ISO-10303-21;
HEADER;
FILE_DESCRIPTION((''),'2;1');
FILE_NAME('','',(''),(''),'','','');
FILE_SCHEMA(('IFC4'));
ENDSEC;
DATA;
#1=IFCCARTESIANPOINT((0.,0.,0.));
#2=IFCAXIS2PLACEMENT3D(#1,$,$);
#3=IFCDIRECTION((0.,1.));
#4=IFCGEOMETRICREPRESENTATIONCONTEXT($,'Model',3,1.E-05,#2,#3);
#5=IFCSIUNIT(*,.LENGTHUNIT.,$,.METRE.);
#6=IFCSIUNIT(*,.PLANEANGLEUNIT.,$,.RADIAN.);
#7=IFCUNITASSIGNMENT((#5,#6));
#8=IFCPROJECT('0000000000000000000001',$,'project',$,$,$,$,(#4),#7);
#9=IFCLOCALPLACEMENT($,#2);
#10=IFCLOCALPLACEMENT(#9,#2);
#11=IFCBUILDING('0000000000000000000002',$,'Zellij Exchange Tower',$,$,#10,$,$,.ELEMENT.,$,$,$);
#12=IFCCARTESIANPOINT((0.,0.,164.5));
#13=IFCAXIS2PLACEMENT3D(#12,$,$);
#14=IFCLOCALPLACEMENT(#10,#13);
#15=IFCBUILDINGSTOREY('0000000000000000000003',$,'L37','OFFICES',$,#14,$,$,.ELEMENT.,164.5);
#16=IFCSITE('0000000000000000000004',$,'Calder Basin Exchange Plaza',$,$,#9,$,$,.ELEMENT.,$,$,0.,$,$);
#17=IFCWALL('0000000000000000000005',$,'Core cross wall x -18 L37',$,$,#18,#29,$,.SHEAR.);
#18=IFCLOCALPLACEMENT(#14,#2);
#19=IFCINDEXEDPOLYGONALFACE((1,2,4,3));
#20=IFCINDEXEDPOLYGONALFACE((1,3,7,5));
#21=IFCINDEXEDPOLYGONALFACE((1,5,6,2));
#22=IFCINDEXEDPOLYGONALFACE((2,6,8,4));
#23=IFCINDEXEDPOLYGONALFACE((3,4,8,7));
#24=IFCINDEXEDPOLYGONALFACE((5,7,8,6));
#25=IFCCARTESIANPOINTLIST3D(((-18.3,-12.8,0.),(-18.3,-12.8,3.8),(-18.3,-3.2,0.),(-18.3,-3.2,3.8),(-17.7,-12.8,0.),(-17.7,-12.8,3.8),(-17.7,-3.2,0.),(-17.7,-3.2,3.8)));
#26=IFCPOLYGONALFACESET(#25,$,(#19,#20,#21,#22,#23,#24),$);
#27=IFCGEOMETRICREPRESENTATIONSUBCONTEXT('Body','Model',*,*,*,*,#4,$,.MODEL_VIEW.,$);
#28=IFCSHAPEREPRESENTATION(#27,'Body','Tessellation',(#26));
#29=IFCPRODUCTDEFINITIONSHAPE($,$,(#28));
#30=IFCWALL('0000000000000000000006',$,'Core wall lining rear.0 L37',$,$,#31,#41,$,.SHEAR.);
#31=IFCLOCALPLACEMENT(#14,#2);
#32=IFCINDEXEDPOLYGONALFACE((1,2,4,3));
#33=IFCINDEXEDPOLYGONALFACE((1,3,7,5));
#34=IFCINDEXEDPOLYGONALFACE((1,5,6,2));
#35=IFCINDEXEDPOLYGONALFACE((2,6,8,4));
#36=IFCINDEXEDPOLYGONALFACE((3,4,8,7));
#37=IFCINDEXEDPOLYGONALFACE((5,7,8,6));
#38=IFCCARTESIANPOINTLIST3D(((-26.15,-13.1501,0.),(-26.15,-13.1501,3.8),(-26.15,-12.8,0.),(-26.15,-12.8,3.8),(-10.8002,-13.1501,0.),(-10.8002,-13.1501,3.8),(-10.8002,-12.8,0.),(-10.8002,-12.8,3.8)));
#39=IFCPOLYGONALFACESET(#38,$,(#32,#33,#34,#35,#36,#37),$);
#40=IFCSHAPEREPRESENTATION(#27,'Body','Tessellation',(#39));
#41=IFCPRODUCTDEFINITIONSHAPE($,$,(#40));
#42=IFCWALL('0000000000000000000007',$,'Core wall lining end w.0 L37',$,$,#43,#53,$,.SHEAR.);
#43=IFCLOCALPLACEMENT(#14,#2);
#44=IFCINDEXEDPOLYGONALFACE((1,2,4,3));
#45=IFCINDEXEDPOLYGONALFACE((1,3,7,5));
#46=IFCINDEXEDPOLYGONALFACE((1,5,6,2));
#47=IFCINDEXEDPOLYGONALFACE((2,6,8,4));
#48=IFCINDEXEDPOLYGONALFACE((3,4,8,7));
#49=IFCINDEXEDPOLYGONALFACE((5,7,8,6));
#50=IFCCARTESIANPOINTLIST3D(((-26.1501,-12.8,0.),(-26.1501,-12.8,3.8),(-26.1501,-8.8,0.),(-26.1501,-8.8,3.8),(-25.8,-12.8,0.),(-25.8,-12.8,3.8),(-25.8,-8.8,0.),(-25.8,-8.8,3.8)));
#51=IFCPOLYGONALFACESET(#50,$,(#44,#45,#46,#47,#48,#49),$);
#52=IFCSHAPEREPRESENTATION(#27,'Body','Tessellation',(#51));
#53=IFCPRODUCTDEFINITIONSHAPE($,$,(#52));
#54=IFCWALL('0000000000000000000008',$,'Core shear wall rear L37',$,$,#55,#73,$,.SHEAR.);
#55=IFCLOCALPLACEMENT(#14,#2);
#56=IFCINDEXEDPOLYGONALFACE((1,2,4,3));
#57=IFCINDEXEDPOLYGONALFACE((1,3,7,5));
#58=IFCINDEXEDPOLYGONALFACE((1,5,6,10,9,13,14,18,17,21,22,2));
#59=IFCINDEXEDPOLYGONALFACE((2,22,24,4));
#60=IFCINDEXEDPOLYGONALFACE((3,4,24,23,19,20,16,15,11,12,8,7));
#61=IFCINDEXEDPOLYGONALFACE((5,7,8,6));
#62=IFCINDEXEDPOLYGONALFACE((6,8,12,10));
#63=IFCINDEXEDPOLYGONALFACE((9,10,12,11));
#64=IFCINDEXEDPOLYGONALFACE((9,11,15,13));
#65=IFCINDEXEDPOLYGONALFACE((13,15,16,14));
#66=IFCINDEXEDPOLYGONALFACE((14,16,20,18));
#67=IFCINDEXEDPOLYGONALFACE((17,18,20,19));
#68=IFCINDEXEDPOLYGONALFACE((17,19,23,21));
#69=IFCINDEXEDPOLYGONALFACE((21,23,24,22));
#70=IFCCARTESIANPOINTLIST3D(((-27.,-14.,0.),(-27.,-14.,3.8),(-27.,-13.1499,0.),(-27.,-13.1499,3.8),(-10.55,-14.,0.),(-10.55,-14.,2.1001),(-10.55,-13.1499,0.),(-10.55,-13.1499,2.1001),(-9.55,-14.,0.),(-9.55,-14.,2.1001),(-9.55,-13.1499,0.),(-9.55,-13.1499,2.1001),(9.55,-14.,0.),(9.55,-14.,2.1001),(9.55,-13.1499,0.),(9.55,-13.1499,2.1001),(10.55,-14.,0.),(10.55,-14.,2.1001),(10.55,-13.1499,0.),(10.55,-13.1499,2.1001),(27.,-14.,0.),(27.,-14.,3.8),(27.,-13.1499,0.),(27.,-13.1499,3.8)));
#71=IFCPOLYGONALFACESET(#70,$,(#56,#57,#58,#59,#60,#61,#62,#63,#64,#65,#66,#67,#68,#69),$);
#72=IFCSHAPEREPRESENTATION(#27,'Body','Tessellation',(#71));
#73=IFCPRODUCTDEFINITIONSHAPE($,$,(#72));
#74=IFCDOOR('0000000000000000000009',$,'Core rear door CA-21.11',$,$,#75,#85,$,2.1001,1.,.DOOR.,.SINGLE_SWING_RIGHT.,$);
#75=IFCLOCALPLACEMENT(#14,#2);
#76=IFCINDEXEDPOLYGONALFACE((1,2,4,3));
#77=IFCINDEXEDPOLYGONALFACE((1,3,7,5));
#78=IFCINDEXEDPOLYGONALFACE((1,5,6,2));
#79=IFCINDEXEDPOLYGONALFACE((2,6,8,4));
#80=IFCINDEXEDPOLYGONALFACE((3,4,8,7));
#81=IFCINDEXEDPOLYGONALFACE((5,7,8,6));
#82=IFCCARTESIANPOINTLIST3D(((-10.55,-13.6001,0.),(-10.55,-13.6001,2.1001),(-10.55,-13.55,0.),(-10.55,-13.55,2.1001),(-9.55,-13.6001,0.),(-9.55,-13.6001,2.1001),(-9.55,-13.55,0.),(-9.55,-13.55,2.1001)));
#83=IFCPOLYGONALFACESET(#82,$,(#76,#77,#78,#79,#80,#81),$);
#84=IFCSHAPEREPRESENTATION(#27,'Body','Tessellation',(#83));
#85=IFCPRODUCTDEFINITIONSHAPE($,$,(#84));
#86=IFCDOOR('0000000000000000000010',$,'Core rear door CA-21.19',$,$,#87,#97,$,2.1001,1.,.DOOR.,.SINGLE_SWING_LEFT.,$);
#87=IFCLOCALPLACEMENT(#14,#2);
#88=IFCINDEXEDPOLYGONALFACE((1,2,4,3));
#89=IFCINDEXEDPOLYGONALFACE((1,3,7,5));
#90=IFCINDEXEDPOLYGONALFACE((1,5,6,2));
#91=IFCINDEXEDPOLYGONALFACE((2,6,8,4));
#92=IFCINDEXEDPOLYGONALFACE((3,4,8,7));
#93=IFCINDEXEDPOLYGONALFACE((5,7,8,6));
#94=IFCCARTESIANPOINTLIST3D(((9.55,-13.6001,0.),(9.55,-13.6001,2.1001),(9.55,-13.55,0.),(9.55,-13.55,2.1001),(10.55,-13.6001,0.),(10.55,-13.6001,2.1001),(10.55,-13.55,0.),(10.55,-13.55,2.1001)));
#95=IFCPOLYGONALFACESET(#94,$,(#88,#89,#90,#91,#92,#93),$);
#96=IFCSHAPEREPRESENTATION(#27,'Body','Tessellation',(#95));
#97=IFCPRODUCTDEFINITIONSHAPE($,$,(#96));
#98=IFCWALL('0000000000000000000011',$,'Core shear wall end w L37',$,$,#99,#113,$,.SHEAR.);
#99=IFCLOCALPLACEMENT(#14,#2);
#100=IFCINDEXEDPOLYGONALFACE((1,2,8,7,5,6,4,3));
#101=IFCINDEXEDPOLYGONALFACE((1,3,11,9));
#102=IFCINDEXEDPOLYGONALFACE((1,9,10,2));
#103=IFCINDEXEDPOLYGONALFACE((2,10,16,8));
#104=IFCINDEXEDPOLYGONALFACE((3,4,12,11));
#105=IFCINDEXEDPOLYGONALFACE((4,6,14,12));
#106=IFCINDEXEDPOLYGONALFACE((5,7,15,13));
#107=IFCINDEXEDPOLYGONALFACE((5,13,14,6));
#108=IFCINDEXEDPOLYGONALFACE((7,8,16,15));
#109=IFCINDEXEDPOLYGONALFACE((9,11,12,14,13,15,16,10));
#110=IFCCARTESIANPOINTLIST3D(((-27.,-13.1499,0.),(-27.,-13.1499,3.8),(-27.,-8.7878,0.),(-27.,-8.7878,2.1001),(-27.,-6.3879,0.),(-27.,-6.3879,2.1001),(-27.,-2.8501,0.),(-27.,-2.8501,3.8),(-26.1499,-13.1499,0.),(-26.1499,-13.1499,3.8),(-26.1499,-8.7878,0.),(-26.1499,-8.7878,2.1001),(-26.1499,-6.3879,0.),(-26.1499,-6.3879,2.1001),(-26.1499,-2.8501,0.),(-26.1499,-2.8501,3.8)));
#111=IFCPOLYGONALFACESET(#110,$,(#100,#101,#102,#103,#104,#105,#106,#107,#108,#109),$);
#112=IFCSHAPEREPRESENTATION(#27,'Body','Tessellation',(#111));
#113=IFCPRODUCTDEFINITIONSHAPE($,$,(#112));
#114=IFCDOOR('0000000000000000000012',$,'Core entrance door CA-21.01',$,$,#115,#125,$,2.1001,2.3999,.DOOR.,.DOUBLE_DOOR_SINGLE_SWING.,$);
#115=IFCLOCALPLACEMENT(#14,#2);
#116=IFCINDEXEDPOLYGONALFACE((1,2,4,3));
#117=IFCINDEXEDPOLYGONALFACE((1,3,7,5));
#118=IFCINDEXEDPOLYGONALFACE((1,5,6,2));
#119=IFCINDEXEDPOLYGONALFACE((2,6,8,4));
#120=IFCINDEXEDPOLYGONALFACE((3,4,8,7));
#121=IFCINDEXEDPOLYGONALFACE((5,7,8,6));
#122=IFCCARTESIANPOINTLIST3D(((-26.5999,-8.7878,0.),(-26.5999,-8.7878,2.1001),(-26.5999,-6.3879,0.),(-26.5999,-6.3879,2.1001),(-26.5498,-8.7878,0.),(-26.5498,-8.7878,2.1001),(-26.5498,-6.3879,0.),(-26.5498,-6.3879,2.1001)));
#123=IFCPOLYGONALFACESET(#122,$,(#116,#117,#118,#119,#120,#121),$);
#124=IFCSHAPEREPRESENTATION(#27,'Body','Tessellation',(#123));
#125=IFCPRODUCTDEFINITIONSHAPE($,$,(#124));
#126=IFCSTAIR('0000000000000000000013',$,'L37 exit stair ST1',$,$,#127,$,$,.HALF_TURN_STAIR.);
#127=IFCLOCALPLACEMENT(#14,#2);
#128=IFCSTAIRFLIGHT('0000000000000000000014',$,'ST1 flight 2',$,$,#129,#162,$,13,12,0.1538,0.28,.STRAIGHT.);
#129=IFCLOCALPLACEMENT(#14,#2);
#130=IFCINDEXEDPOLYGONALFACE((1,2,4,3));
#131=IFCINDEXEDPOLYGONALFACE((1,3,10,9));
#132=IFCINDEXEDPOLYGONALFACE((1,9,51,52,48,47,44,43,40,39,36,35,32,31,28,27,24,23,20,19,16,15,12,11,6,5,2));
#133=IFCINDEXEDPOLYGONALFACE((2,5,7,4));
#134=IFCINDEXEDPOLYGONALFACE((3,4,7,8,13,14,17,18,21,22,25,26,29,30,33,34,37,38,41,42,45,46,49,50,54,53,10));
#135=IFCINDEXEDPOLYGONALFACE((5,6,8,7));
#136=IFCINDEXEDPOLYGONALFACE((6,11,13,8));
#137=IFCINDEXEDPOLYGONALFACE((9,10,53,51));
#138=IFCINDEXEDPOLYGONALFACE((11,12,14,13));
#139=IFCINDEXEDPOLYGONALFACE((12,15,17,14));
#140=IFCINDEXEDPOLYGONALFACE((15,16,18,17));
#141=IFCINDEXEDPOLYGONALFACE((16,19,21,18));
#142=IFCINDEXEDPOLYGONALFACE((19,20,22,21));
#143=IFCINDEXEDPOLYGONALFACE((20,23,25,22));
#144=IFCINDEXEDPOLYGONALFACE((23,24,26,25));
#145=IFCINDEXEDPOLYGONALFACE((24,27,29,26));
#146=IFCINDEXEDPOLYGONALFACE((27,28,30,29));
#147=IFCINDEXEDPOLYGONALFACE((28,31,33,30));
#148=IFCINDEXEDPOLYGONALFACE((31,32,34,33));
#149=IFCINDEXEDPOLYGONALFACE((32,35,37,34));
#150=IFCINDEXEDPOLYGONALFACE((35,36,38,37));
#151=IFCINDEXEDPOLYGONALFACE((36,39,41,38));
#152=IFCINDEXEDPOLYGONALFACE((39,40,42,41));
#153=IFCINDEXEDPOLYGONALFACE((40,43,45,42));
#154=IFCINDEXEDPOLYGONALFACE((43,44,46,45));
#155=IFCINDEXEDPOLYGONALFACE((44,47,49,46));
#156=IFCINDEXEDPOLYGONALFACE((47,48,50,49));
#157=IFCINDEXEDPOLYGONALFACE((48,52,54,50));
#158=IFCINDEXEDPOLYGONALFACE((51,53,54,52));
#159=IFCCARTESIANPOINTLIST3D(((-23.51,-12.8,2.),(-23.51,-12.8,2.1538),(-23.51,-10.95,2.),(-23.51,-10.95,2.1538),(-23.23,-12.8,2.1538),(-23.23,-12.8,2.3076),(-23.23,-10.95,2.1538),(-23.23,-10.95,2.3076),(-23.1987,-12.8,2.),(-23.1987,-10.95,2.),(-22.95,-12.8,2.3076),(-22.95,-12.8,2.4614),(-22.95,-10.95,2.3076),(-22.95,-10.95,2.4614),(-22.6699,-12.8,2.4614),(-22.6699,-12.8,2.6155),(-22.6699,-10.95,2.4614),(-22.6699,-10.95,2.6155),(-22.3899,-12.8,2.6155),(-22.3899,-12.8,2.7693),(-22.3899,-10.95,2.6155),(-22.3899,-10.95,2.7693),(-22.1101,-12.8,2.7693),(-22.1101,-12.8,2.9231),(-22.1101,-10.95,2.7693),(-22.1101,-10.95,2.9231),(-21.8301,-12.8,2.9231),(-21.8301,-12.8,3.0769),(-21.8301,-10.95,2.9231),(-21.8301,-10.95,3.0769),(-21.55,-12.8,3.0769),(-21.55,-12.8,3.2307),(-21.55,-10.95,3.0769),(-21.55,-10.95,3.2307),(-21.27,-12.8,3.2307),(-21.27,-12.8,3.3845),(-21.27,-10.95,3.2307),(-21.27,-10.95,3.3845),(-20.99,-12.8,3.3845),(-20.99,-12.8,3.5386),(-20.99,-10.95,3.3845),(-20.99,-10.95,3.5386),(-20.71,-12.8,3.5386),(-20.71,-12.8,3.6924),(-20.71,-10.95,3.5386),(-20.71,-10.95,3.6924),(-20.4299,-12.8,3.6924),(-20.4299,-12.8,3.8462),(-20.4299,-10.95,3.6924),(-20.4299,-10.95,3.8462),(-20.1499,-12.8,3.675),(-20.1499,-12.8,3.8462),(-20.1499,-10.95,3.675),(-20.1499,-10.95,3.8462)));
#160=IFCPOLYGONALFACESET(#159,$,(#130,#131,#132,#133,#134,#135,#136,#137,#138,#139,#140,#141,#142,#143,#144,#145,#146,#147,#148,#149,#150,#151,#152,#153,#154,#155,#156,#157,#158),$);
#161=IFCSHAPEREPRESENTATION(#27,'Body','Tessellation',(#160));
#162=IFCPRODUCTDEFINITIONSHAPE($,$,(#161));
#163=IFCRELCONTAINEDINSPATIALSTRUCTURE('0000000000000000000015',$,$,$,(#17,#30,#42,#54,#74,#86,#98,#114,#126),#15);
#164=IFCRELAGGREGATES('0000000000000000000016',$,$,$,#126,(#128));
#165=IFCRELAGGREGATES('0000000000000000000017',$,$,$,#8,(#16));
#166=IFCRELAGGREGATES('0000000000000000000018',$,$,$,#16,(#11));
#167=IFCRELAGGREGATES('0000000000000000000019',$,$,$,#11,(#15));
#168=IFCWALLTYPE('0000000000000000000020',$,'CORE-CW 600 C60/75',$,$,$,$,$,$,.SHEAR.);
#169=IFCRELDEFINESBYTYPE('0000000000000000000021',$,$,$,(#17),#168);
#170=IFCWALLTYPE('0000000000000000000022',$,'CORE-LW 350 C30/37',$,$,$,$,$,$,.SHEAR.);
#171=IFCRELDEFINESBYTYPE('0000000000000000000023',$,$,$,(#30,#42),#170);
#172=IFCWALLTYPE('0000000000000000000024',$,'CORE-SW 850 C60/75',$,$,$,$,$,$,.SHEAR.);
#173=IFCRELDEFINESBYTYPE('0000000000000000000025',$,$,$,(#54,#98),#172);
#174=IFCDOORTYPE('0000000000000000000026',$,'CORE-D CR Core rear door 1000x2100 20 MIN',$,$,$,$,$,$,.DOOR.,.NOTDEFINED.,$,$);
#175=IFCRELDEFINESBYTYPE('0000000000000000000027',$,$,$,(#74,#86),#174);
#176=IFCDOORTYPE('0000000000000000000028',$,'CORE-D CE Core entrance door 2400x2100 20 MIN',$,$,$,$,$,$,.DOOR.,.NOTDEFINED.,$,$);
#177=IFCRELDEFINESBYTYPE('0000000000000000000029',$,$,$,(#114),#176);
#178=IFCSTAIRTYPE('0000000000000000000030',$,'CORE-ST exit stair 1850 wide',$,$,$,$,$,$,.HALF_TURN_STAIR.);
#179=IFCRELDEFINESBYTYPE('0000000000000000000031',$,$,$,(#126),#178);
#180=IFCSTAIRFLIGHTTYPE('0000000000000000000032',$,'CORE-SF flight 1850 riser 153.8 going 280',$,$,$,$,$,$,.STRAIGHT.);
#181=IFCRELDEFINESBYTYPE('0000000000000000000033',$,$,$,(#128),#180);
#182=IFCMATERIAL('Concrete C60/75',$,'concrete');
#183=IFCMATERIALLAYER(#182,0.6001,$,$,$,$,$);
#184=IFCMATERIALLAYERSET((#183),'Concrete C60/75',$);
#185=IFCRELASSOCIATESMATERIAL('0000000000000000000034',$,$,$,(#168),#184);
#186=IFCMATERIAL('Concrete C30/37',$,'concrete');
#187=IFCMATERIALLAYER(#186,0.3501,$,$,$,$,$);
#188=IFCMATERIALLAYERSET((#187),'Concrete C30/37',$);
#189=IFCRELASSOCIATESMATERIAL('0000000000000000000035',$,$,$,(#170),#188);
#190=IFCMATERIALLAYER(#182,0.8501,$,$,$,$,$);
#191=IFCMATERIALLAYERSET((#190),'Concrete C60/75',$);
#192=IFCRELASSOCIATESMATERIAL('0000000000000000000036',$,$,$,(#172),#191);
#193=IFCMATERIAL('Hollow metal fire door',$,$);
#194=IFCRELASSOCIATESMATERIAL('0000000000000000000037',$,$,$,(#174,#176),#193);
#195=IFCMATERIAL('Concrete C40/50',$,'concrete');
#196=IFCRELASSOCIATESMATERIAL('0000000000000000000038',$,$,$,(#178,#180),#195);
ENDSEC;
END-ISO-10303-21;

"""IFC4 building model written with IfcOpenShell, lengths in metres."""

from ifc_helpers import new_model, si_unit, direction, frame, frame_2d, origin, place, context, subcontext, project, spatial, polyline, rectangle, outline, extrude, material, layer, layer_set, type_object, element, fill, aggregate, save


model = new_model("IFC4")

# Units and contexts
model_context = context("Model", 3, precision=1e-05, world=origin(), true_north=direction((0.0, 1.0)))
body_context = subcontext(model_context, "Body", "Model", "MODEL_VIEW")
ifc_project = project(units=[si_unit("LENGTHUNIT", "METRE"), si_unit("PLANEANGLEUNIT", "RADIAN")], contexts=[model_context])

# Site, building, storey
site_placement = place(None, origin())
site = spatial("IfcSite", under=ifc_project, at=site_placement, Name="Calder Basin Exchange Plaza", CompositionType="ELEMENT", RefElevation=0.0)
building_placement = place(site_placement, origin())
building = spatial("IfcBuilding", under=site, at=building_placement, Name="Zellij Exchange Tower", CompositionType="ELEMENT")
storey_placement = place(building_placement, frame((0.0, 0.0, 164.5)))
storey = spatial("IfcBuildingStorey", under=building, at=storey_placement, Name="L37", Description="OFFICES", CompositionType="ELEMENT", Elevation=164.5)

# Walls
ifc_material_1 = material(Name="Concrete C60/75", Category="concrete")
ifc_layer_1 = layer(ifc_material_1, 0.6001)
ifc_layer_set_1 = layer_set([ifc_layer_1], Name="Concrete C60/75")
wall_type_1 = type_object("IfcWallType", Name="CORE-CW 600 C60/75", PredefinedType="SHEAR", material=ifc_layer_set_1)
wall_1_placement = place(storey_placement, frame((-18.0, -12.8, 0.0), z_axis=(0.0, 0.0, 1.0), x_axis=(0.0, 1.0, 0.0)))
element("IfcWall", 1, at=wall_1_placement, inside=storey, type_object=wall_type_1, Name="Core cross wall x -18 L37", PredefinedType="SHEAR", context=body_context, shape_type="SweptSolid", body=[
    extrude(rectangle(XDim=9.6001, YDim=0.6001, at=frame_2d((4.8, 0.0))), origin(), (0.0, 0.0, 1.0), 3.8),
])
ifc_material_2 = material(Name="Concrete C30/37", Category="concrete")
ifc_layer_2 = layer(ifc_material_2, 0.3501)
ifc_layer_set_2 = layer_set([ifc_layer_2], Name="Concrete C30/37")
wall_type_2 = type_object("IfcWallType", Name="CORE-LW 350 C30/37", PredefinedType="SHEAR", material=ifc_layer_set_2)
wall_2_placement = place(storey_placement, frame((-26.1499, -12.9751, 0.0), z_axis=(0.0, 0.0, 1.0), x_axis=(1.0, 0.0, 0.0)))
element("IfcWall", 2, at=wall_2_placement, inside=storey, type_object=wall_type_2, Name="Core wall lining rear.0 L37", PredefinedType="SHEAR", context=body_context, shape_type="SweptSolid", body=[
    extrude(rectangle(XDim=15.3499, YDim=0.3501, at=frame_2d((7.6748, 0.0))), origin(), (0.0, 0.0, 1.0), 3.8),
])
wall_3_placement = place(storey_placement, frame((-25.9751, -12.8, 0.0), z_axis=(0.0, 0.0, 1.0), x_axis=(0.0, 1.0, 0.0)))
element("IfcWall", 3, at=wall_3_placement, inside=storey, type_object=wall_type_2, Name="Core wall lining end w.0 L37", PredefinedType="SHEAR", context=body_context, shape_type="SweptSolid", body=[
    extrude(rectangle(XDim=4.0, YDim=0.3501, at=frame_2d((2.0, 0.0))), origin(), (0.0, 0.0, 1.0), 3.8),
])

# Wall, openings, doors
ifc_layer_3 = layer(ifc_material_1, 0.8501)
ifc_layer_set_3 = layer_set([ifc_layer_3], Name="Concrete C60/75")
wall_type_3 = type_object("IfcWallType", Name="CORE-SW 850 C60/75", PredefinedType="SHEAR", material=ifc_layer_set_3)
wall_4_placement = place(storey_placement, frame((-27.0, -13.575, 0.0), z_axis=(0.0, 0.0, 1.0), x_axis=(1.0, 0.0, 0.0)))
wall_4 = element("IfcWall", 4, at=wall_4_placement, inside=storey, type_object=wall_type_3, Name="Core shear wall rear L37", PredefinedType="SHEAR", context=body_context, shape_type="SweptSolid", body=[
    extrude(rectangle(XDim=54.0, YDim=0.8501, at=frame_2d((27.0, 0.0))), origin(), (0.0, 0.0, 1.0), 3.8),
])
opening_1_placement = place(wall_4_placement, frame((16.45, 0.0, 0.0)))
opening_1 = element("IfcOpeningElement", 5, at=opening_1_placement, cuts=wall_4, PredefinedType="OPENING", context=body_context, shape_type="SweptSolid", body=[
    extrude(rectangle(XDim=1.0, YDim=2.1001, at=frame_2d((0.5, 1.05))), frame((0.0, 0.437, 0.0), z_axis=(0.0, -1.0, 0.0), x_axis=(1.0, 0.0, 0.0)), (0.0, 0.0, 1.0), 0.874),
])
opening_2_placement = place(wall_4_placement, frame((36.55, 0.0, 0.0)))
opening_2 = element("IfcOpeningElement", 6, at=opening_2_placement, cuts=wall_4, PredefinedType="OPENING", context=body_context, shape_type="SweptSolid", body=[
    extrude(rectangle(XDim=1.0, YDim=2.1001, at=frame_2d((0.5, 1.05))), frame((0.0, 0.437, 0.0), z_axis=(0.0, -1.0, 0.0), x_axis=(1.0, 0.0, 0.0)), (0.0, 0.0, 1.0), 0.874),
])
ifc_material_3 = material(Name="Hollow metal fire door")
door_type_1 = type_object("IfcDoorType", Name="CORE-D CR Core rear door 1000x2100 20 MIN", OperationType="NOTDEFINED", PredefinedType="DOOR", material=ifc_material_3)
door_1_placement = place(opening_1_placement, origin())
door_1 = element("IfcDoor", 7, at=door_1_placement, inside=storey, type_object=door_type_1, Name="Core rear door CA-21.11", OperationType="SINGLE_SWING_RIGHT", OverallHeight=2.1001, OverallWidth=1.0, PredefinedType="DOOR", context=body_context, shape_type="SweptSolid", body=[
    extrude(rectangle(XDim=1.0, YDim=2.1001, at=frame_2d((0.5, 1.05))), frame((0.0, 0.0249, 0.0), z_axis=(0.0, -1.0, 0.0), x_axis=(1.0, 0.0, 0.0)), (0.0, 0.0, 1.0), 0.05),
])
fill(opening_1, door_1)
door_2_placement = place(opening_2_placement, origin())
door_2 = element("IfcDoor", 8, at=door_2_placement, inside=storey, type_object=door_type_1, Name="Core rear door CA-21.19", OperationType="SINGLE_SWING_LEFT", OverallHeight=2.1001, OverallWidth=1.0, PredefinedType="DOOR", context=body_context, shape_type="SweptSolid", body=[
    extrude(rectangle(XDim=1.0, YDim=2.1001, at=frame_2d((0.5, 1.05))), frame((0.0, 0.0249, 0.0), z_axis=(0.0, -1.0, 0.0), x_axis=(1.0, 0.0, 0.0)), (0.0, 0.0, 1.0), 0.05),
])
fill(opening_2, door_2)

# Wall, opening, door
wall_5_placement = place(storey_placement, frame((-26.575, -13.1499, 0.0), z_axis=(0.0, 0.0, 1.0), x_axis=(0.0, 1.0, 0.0)))
wall_5 = element("IfcWall", 9, at=wall_5_placement, inside=storey, type_object=wall_type_3, Name="Core shear wall end w L37", PredefinedType="SHEAR", context=body_context, shape_type="SweptSolid", body=[
    extrude(rectangle(XDim=10.2998, YDim=0.8501, at=frame_2d((5.1499, 0.0))), origin(), (0.0, 0.0, 1.0), 3.8),
])
opening_3_placement = place(wall_5_placement, frame((4.3621, 0.0, 0.0)))
opening_3 = element("IfcOpeningElement", 10, at=opening_3_placement, cuts=wall_5, PredefinedType="OPENING", context=body_context, shape_type="SweptSolid", body=[
    extrude(rectangle(XDim=2.3999, YDim=2.1001, at=frame_2d((1.2, 1.05))), frame((0.0, 0.437, 0.0), z_axis=(0.0, -1.0, 0.0), x_axis=(1.0, 0.0, 0.0)), (0.0, 0.0, 1.0), 0.874),
])
door_type_2 = type_object("IfcDoorType", Name="CORE-D CE Core entrance door 2400x2100 20 MIN", OperationType="NOTDEFINED", PredefinedType="DOOR", material=ifc_material_3)
door_3_placement = place(opening_3_placement, origin())
door_3 = element("IfcDoor", 11, at=door_3_placement, inside=storey, type_object=door_type_2, Name="Core entrance door CA-21.01", OperationType="DOUBLE_DOOR_SINGLE_SWING", OverallHeight=2.1001, OverallWidth=2.3999, PredefinedType="DOOR", context=body_context, shape_type="SweptSolid", body=[
    extrude(rectangle(XDim=2.3999, YDim=2.1001, at=frame_2d((1.2, 1.05))), frame((0.0, 0.0249, 0.0), z_axis=(0.0, -1.0, 0.0), x_axis=(1.0, 0.0, 0.0)), (0.0, 0.0, 1.0), 0.05),
])
fill(opening_3, door_3)

# Stair, stair flight
ifc_material_4 = material(Name="Concrete C40/50", Category="concrete")
stair_type = type_object("IfcStairType", Name="CORE-ST exit stair 1850 wide", PredefinedType="HALF_TURN_STAIR", material=ifc_material_4)
stair_placement = place(storey_placement, origin())
stair = element("IfcStair", 12, at=stair_placement, inside=storey, type_object=stair_type, Name="L37 exit stair ST1", PredefinedType="HALF_TURN_STAIR")
stair_flight_type = type_object("IfcStairFlightType", Name="CORE-SF flight 1850 riser 153.8 going 280", PredefinedType="STRAIGHT", material=ifc_material_4)
stair_flight_placement = place(storey_placement, frame((-23.51, -11.875, 2.0), z_axis=(0.0, 0.0, 1.0), x_axis=(1.0, 0.0, 0.0)))
stair_flight = element("IfcStairFlight", 13, at=stair_flight_placement, type_object=stair_flight_type, Name="ST1 flight 2", NumberOfRisers=13, NumberOfTreads=12, PredefinedType="STRAIGHT", RiserHeight=0.1538, TreadLength=0.28, context=body_context, shape_type="SweptSolid", body=[
    extrude(outline(polyline([(0.0, 0.0), (0.0, 0.1538), (0.28, 0.1538), (0.28, 0.3076), (0.5601, 0.3076), (0.5601, 0.4614), (0.8401, 0.4614), (0.8401, 0.6155), (1.1201, 0.6155), (1.1201, 0.7693), (1.3999, 0.7693), (1.3999, 0.9231), (1.6799, 0.9231), (1.6799, 1.0769), (1.96, 1.0769), (1.96, 1.2307), (2.24, 1.2307), (2.24, 1.3845), (2.52, 1.3845), (2.52, 1.5386), (2.8, 1.5386), (2.8, 1.6924), (3.0801, 1.6924), (3.0801, 1.8462), (3.3601, 1.8462), (3.3601, 2.0), (3.3601, 1.675), (0.3113, 0.0), (0.0, 0.0)])), frame((0.0, 0.925, 0.0), z_axis=(0.0, -1.0, 0.0), x_axis=(1.0, 0.0, 0.0)), (0.0, 0.0, 1.0), 1.8501),
])
aggregate(stair, [stair_flight])

save(model, "model.ifc")
